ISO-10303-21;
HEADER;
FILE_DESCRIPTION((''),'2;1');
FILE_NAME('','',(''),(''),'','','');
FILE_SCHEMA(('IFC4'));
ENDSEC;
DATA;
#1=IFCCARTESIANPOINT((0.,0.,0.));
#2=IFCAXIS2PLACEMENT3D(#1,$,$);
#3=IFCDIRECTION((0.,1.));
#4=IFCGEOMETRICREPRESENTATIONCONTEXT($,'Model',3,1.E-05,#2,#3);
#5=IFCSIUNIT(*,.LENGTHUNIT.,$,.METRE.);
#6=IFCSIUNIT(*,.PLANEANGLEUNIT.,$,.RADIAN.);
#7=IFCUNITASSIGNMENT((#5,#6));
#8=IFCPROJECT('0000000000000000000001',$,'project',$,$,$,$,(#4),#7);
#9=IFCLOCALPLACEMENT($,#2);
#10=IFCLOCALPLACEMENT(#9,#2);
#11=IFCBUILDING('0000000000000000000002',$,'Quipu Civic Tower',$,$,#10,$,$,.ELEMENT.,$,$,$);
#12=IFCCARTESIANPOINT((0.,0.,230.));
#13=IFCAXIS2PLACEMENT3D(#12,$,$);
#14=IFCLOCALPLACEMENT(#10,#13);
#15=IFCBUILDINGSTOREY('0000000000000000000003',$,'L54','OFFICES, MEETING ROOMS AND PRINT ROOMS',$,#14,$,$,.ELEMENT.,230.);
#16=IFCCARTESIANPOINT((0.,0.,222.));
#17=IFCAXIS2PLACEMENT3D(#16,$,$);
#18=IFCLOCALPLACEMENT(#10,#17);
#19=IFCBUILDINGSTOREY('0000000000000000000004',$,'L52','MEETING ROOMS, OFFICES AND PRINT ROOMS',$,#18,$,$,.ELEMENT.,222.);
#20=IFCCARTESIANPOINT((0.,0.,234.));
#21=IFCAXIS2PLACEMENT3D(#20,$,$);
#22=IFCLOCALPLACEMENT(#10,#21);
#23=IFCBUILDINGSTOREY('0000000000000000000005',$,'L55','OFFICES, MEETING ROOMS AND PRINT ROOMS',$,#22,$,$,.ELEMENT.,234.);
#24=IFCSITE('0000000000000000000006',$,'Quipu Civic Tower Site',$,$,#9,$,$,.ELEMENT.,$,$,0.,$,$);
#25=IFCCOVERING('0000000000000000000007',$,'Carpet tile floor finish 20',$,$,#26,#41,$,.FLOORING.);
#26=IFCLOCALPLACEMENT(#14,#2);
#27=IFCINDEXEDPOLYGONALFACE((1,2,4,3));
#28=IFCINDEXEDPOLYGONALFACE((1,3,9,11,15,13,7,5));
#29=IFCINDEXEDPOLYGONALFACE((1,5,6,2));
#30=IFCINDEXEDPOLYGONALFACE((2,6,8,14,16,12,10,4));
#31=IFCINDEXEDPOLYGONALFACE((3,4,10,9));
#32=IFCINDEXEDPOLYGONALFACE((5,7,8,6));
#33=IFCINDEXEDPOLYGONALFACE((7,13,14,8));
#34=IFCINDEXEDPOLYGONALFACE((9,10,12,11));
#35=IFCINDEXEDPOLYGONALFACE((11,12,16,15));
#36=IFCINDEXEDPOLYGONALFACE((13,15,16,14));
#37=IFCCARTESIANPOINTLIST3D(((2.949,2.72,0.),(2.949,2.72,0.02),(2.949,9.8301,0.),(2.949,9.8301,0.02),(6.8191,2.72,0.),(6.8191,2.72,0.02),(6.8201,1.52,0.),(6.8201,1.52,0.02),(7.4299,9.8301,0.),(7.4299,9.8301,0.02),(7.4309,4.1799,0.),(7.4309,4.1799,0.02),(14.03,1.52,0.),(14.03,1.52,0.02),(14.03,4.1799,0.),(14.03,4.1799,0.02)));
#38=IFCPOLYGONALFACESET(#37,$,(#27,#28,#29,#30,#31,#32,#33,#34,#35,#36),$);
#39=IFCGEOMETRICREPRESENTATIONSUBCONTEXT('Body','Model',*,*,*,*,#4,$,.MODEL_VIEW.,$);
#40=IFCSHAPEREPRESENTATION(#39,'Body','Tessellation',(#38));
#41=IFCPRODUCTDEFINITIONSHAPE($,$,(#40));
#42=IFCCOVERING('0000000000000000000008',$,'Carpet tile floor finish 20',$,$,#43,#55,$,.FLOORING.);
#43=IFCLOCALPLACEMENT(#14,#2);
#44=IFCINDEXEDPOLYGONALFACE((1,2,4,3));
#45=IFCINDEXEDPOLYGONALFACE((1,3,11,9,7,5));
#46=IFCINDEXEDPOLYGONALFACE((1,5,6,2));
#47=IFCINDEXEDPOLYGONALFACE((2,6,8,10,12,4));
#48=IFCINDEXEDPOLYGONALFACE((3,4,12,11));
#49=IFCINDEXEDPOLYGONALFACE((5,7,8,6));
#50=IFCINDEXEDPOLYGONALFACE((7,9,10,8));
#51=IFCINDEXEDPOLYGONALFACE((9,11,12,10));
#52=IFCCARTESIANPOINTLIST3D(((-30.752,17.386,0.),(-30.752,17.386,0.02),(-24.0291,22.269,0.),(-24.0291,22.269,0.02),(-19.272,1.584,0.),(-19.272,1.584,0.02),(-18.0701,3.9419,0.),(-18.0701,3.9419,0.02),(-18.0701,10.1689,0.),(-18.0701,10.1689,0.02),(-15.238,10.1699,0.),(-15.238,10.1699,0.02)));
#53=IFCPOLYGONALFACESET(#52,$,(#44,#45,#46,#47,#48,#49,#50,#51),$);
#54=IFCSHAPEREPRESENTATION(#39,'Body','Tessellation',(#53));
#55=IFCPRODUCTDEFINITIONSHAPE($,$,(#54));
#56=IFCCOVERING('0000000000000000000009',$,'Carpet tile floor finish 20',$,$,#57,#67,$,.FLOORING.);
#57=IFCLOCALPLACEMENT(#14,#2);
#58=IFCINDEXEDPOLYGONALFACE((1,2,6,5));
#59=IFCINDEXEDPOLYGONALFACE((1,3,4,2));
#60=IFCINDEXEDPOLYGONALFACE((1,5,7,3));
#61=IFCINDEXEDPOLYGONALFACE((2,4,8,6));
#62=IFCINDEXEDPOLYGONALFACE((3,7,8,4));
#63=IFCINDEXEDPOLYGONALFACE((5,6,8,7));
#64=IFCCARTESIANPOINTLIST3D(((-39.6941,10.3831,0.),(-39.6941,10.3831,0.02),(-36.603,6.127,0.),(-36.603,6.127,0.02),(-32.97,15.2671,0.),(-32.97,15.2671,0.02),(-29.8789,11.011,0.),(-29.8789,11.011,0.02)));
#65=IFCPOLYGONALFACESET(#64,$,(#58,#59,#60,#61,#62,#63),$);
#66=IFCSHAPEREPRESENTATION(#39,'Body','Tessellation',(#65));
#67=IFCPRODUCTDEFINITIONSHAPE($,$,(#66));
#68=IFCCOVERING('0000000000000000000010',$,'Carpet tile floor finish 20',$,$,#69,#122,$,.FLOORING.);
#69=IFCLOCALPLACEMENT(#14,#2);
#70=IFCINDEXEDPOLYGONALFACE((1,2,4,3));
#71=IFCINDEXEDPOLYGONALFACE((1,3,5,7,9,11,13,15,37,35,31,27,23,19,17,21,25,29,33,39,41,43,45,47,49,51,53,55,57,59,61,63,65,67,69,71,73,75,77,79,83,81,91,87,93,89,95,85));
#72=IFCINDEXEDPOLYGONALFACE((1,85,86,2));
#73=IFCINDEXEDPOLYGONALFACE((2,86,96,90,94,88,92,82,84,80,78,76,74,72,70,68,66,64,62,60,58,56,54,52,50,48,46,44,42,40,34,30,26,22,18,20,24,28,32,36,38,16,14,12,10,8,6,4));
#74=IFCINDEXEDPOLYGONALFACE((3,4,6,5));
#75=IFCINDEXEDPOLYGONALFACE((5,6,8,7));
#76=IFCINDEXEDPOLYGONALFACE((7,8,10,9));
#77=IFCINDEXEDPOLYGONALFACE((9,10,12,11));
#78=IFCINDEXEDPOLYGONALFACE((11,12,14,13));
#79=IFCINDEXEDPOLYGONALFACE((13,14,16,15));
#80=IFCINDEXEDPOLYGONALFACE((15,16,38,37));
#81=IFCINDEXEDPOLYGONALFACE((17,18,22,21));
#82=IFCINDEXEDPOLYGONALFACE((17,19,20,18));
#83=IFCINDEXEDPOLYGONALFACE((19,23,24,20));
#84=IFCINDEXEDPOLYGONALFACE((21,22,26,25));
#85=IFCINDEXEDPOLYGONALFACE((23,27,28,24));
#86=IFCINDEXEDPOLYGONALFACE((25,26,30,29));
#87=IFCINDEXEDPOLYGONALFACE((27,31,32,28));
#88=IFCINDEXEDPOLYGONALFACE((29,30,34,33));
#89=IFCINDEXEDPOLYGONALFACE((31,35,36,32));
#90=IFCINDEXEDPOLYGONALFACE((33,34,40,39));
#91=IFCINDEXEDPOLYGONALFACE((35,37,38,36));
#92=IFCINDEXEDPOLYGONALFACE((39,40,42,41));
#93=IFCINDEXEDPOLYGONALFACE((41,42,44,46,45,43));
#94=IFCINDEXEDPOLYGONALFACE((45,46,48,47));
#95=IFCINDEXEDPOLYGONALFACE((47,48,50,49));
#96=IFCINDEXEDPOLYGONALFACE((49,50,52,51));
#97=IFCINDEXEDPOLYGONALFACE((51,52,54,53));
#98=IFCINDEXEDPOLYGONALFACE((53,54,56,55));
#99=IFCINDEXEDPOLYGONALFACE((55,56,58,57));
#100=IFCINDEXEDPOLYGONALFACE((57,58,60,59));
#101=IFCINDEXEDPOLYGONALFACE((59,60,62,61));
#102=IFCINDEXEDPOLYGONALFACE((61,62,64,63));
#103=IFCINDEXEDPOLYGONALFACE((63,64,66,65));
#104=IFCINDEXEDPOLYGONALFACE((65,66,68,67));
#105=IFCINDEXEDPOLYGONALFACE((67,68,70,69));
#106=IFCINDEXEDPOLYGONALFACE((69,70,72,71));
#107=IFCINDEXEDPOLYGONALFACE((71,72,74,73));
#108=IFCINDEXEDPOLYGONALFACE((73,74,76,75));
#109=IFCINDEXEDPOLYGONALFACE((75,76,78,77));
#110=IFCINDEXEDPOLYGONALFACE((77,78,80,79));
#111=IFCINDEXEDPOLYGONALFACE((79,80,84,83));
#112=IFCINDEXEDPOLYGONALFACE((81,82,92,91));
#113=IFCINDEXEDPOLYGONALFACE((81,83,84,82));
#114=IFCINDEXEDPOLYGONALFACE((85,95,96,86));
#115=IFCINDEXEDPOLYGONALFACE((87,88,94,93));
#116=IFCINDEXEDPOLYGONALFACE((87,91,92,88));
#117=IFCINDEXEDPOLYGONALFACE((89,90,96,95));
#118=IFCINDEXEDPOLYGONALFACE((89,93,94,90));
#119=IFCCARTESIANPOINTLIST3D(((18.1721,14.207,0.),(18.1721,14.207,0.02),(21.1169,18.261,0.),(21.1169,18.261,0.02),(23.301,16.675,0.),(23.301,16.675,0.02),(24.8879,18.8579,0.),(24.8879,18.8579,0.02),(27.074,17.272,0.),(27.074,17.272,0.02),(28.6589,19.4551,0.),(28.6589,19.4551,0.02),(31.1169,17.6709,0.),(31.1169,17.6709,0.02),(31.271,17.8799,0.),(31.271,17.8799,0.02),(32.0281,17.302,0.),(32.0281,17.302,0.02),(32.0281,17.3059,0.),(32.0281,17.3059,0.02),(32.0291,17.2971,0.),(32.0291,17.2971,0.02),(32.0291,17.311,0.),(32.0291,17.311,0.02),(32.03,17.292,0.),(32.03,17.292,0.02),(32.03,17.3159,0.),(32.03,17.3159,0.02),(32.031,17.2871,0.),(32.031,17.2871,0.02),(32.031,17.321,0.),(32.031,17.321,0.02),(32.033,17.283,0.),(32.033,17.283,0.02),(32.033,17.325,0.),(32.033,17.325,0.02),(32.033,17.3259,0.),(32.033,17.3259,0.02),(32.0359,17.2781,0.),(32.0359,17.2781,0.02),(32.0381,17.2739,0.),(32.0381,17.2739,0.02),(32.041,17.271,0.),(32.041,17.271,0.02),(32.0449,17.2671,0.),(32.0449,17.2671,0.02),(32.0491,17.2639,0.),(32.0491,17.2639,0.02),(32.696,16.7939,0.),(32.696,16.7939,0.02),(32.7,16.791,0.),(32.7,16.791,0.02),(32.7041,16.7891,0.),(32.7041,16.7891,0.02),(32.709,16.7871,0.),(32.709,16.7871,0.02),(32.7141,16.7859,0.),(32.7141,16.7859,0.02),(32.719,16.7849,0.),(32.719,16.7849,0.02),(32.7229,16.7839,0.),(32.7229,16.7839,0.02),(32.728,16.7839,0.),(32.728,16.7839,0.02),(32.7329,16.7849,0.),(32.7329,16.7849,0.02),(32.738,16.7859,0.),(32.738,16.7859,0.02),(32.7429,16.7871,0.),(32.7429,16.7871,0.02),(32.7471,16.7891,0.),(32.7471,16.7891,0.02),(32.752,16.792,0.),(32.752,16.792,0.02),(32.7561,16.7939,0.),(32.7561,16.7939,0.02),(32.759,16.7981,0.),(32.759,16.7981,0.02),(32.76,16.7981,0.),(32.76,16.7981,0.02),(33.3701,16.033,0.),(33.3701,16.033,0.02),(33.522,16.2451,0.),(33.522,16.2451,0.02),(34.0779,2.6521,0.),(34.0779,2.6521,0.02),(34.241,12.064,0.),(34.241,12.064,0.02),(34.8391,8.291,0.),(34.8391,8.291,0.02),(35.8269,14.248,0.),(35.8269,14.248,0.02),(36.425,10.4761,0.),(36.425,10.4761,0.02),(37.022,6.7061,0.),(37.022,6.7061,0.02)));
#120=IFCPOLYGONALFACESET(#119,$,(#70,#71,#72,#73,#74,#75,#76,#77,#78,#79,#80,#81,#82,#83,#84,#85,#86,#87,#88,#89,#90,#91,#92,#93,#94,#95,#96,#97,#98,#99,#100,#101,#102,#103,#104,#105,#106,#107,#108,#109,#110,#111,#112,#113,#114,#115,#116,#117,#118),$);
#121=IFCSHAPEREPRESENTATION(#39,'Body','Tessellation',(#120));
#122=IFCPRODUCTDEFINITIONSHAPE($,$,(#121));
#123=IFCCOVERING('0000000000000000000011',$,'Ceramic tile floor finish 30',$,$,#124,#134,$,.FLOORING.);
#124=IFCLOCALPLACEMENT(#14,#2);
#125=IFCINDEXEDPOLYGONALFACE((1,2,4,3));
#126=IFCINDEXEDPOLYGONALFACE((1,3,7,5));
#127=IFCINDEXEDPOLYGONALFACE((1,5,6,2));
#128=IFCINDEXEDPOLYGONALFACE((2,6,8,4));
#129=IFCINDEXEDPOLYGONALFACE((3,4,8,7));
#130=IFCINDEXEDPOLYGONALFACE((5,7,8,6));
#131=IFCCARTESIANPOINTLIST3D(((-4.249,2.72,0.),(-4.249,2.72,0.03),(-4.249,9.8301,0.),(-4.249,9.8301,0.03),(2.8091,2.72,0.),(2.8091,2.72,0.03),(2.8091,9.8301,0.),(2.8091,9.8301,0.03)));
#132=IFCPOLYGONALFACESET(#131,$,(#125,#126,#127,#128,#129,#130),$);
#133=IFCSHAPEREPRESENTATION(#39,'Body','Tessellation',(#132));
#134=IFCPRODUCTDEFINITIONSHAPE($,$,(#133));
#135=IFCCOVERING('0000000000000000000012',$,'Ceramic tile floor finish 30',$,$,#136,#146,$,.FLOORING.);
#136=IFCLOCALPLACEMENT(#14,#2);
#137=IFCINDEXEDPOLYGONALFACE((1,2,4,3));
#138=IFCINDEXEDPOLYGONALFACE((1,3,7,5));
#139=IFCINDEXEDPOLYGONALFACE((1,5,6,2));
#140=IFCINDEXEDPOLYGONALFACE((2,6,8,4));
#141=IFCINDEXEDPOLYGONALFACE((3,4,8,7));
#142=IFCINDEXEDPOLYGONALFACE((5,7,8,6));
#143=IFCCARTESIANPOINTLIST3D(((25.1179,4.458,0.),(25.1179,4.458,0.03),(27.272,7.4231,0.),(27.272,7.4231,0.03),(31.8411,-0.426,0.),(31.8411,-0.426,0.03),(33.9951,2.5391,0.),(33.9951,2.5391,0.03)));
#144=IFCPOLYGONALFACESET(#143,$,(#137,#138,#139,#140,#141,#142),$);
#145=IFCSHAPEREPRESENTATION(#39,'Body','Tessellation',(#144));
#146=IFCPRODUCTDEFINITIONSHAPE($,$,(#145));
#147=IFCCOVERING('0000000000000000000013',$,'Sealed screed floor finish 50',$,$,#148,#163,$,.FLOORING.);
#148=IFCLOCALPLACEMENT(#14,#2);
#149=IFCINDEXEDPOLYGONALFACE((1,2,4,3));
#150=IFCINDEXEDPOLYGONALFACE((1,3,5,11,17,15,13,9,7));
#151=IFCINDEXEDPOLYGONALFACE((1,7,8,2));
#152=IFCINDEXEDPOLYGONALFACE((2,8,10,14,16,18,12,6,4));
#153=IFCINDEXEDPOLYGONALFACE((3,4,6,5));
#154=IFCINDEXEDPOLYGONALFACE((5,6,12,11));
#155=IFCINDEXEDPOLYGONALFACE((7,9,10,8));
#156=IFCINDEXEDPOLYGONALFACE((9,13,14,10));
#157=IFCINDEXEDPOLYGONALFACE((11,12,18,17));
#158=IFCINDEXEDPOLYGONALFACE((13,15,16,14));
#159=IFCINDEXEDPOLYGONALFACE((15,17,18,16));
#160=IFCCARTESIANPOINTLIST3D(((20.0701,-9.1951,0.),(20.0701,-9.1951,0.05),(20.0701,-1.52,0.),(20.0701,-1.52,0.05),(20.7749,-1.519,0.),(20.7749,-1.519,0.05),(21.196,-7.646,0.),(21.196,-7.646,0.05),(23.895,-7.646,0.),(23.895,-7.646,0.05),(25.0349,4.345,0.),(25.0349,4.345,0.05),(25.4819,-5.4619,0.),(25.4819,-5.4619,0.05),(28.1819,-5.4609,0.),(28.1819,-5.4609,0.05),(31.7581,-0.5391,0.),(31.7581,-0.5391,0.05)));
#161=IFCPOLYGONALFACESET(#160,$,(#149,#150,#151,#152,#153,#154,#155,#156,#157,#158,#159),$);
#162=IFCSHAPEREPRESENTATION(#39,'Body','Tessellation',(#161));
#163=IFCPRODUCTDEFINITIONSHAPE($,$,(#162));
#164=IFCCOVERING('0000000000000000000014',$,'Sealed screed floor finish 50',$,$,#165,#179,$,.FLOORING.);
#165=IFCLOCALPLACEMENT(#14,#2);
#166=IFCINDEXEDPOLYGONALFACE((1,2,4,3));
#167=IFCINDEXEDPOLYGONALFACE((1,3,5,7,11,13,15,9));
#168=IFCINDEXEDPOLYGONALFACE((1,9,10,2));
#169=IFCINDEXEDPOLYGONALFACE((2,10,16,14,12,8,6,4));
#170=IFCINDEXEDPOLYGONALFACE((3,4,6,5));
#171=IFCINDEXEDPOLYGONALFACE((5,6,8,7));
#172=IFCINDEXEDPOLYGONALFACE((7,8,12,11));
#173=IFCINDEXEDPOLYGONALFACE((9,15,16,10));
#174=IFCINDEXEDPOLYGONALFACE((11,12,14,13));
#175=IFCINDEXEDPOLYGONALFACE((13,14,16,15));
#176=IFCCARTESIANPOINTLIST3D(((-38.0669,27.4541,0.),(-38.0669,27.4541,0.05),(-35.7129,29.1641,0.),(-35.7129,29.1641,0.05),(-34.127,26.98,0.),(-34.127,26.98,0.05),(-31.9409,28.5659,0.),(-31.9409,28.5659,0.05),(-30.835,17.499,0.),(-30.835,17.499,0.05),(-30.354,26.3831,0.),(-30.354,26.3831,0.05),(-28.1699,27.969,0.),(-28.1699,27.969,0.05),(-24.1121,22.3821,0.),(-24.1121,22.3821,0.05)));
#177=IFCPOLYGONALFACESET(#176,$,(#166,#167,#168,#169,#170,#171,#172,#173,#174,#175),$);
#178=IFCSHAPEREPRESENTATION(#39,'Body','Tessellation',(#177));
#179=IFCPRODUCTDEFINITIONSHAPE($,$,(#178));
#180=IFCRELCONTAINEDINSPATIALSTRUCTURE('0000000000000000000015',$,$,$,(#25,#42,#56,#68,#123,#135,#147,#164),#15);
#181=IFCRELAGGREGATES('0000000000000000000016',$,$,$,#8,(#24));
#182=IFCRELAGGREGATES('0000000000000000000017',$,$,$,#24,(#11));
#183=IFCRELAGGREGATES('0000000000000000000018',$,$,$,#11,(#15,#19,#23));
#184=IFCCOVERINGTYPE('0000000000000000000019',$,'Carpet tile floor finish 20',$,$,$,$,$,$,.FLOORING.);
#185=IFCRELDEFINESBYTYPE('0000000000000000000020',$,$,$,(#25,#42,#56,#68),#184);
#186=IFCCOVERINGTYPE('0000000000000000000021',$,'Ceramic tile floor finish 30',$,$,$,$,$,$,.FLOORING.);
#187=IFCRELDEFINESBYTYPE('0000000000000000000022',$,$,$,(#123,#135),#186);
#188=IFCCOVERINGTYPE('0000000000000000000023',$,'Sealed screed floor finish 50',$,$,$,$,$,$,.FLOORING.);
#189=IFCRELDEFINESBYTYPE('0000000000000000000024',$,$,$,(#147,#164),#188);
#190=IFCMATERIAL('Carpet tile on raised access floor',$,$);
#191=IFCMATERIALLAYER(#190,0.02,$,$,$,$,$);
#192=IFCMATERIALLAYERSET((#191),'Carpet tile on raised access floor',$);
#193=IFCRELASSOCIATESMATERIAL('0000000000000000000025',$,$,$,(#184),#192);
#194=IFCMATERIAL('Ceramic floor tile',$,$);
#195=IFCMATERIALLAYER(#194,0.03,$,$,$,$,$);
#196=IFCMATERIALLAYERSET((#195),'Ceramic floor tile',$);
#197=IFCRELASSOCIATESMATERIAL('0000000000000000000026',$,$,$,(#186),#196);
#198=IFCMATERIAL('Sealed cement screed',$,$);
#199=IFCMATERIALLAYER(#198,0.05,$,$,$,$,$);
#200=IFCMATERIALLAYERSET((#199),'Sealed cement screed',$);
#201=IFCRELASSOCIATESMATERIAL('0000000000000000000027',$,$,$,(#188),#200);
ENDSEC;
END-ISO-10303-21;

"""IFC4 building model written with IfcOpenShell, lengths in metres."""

from ifc_helpers import new_model, si_unit, direction, frame, origin, place, context, subcontext, project, spatial, polyline, outline, extrude, material, layer, layer_set, type_object, element, save


model = new_model("IFC4")

# Units and contexts
model_context = context("Model", 3, precision=1e-05, world=origin(), true_north=direction((0.0, 1.0)))
body_context = subcontext(model_context, "Body", "Model", "MODEL_VIEW")
ifc_project = project(units=[si_unit("LENGTHUNIT", "METRE"), si_unit("PLANEANGLEUNIT", "RADIAN")], contexts=[model_context])

# Site, building, storey
site_placement = place(None, origin())
site = spatial("IfcSite", under=ifc_project, at=site_placement, Name="Quipu Civic Tower Site", CompositionType="ELEMENT", RefElevation=0.0)
building_placement = place(site_placement, origin())
building = spatial("IfcBuilding", under=site, at=building_placement, Name="Quipu Civic Tower", CompositionType="ELEMENT")
storey_1_placement = place(building_placement, frame((0.0, 0.0, 230.0)))
storey_1 = spatial("IfcBuildingStorey", under=building, at=storey_1_placement, Name="L54", Description="OFFICES, MEETING ROOMS AND PRINT ROOMS", CompositionType="ELEMENT", Elevation=230.0)

# Shared definitions
storey_2_placement = place(building_placement, frame((0.0, 0.0, 222.0)))
storey_2 = spatial("IfcBuildingStorey", under=building, at=storey_2_placement, Name="L52", Description="MEETING ROOMS, OFFICES AND PRINT ROOMS", CompositionType="ELEMENT", Elevation=222.0)

# Shared definitions
storey_3_placement = place(building_placement, frame((0.0, 0.0, 234.0)))
storey_3 = spatial("IfcBuildingStorey", under=building, at=storey_3_placement, Name="L55", Description="OFFICES, MEETING ROOMS AND PRINT ROOMS", CompositionType="ELEMENT", Elevation=234.0)

# Coverings
ifc_material_1 = material(Name="Carpet tile on raised access floor")
ifc_layer_1 = layer(ifc_material_1, 0.02)
ifc_layer_set_1 = layer_set([ifc_layer_1], Name="Carpet tile on raised access floor")
covering_type_1 = type_object("IfcCoveringType", Name="Carpet tile floor finish 20", PredefinedType="FLOORING", material=ifc_layer_set_1)
covering_1_placement = place(storey_1_placement, origin())
element("IfcCovering", 1, at=covering_1_placement, inside=storey_1, type_object=covering_type_1, Name="Carpet tile floor finish 20", PredefinedType="FLOORING", context=body_context, shape_type="SweptSolid", body=[
    extrude(outline(polyline([(2.949, 2.72), (2.949, 9.8301), (7.4299, 9.8301), (7.4309, 4.1799), (14.03, 4.1799), (14.03, 1.52), (6.8201, 1.52), (6.8191, 2.72), (2.949, 2.72)])), origin(), (0.0, 0.0, 1.0), 0.02),
])
covering_2_placement = place(storey_1_placement, origin())
element("IfcCovering", 2, at=covering_2_placement, inside=storey_1, type_object=covering_type_1, Name="Carpet tile floor finish 20", PredefinedType="FLOORING", context=body_context, shape_type="SweptSolid", body=[
    extrude(outline(polyline([(-30.752, 17.386), (-24.0291, 22.269), (-15.238, 10.1699), (-18.0701, 10.1689), (-18.0701, 3.9419), (-19.272, 1.584), (-30.752, 17.386)])), origin(), (0.0, 0.0, 1.0), 0.02),
])
covering_3_placement = place(storey_1_placement, origin())
element("IfcCovering", 3, at=covering_3_placement, inside=storey_1, type_object=covering_type_1, Name="Carpet tile floor finish 20", PredefinedType="FLOORING", context=body_context, shape_type="SweptSolid", body=[
    extrude(outline(polyline([(-39.6941, 10.3831), (-32.97, 15.2671), (-29.8789, 11.011), (-36.603, 6.127), (-39.6941, 10.3831)])), origin(), (0.0, 0.0, 1.0), 0.02),
])
covering_4_placement = place(storey_1_placement, origin())
element("IfcCovering", 4, at=covering_4_placement, inside=storey_1, type_object=covering_type_1, Name="Carpet tile floor finish 20", PredefinedType="FLOORING", context=body_context, shape_type="SweptSolid", body=[
    extrude(outline(polyline([(18.1721, 14.207), (21.1169, 18.261), (23.301, 16.675), (24.8879, 18.8579), (27.074, 17.272), (28.6589, 19.4551), (31.1169, 17.6709), (31.271, 17.8799), (32.033, 17.3259), (32.033, 17.325), (32.031, 17.321), (32.03, 17.3159), (32.0291, 17.311), (32.0281, 17.3059), (32.0281, 17.302), (32.0291, 17.2971), (32.03, 17.292), (32.031, 17.2871), (32.033, 17.283), (32.0359, 17.2781), (32.0381, 17.2739), (32.041, 17.271), (32.0449, 17.2671), (32.0491, 17.2639), (32.696, 16.7939), (32.7, 16.791), (32.7041, 16.7891), (32.709, 16.7871), (32.7141, 16.7859), (32.719, 16.7849), (32.7229, 16.7839), (32.728, 16.7839), (32.7329, 16.7849), (32.738, 16.7859), (32.7429, 16.7871), (32.7471, 16.7891), (32.752, 16.792), (32.7561, 16.7939), (32.759, 16.7981), (32.76, 16.7981), (33.522, 16.2451), (33.3701, 16.033), (35.8269, 14.248), (34.241, 12.064), (36.425, 10.4761), (34.8391, 8.291), (37.022, 6.7061), (34.0779, 2.6521), (18.1721, 14.207)])), origin(), (0.0, 0.0, 1.0), 0.02),
])
ifc_material_2 = material(Name="Ceramic floor tile")
ifc_layer_2 = layer(ifc_material_2, 0.03)
ifc_layer_set_2 = layer_set([ifc_layer_2], Name="Ceramic floor tile")
covering_type_2 = type_object("IfcCoveringType", Name="Ceramic tile floor finish 30", PredefinedType="FLOORING", material=ifc_layer_set_2)
covering_5_placement = place(storey_1_placement, origin())
element("IfcCovering", 5, at=covering_5_placement, inside=storey_1, type_object=covering_type_2, Name="Ceramic tile floor finish 30", PredefinedType="FLOORING", context=body_context, shape_type="SweptSolid", body=[
    extrude(outline(polyline([(-4.249, 2.72), (-4.249, 9.8301), (2.8091, 9.8301), (2.8091, 2.72), (-4.249, 2.72)])), origin(), (0.0, 0.0, 1.0), 0.03),
])
covering_6_placement = place(storey_1_placement, origin())
element("IfcCovering", 6, at=covering_6_placement, inside=storey_1, type_object=covering_type_2, Name="Ceramic tile floor finish 30", PredefinedType="FLOORING", context=body_context, shape_type="SweptSolid", body=[
    extrude(outline(polyline([(25.1179, 4.458), (27.272, 7.4231), (33.9951, 2.5391), (31.8411, -0.426), (25.1179, 4.458)])), origin(), (0.0, 0.0, 1.0), 0.03),
])
ifc_material_3 = material(Name="Sealed cement screed")
ifc_layer_3 = layer(ifc_material_3, 0.05)
ifc_layer_set_3 = layer_set([ifc_layer_3], Name="Sealed cement screed")
covering_type_3 = type_object("IfcCoveringType", Name="Sealed screed floor finish 50", PredefinedType="FLOORING", material=ifc_layer_set_3)
covering_7_placement = place(storey_1_placement, origin())
element("IfcCovering", 7, at=covering_7_placement, inside=storey_1, type_object=covering_type_3, Name="Sealed screed floor finish 50", PredefinedType="FLOORING", context=body_context, shape_type="SweptSolid", body=[
    extrude(outline(polyline([(20.0701, -9.1951), (20.0701, -1.52), (20.7749, -1.519), (25.0349, 4.345), (31.7581, -0.5391), (28.1819, -5.4609), (25.4819, -5.4619), (23.895, -7.646), (21.196, -7.646), (20.0701, -9.1951)])), origin(), (0.0, 0.0, 1.0), 0.05),
])
covering_8_placement = place(storey_1_placement, origin())
element("IfcCovering", 8, at=covering_8_placement, inside=storey_1, type_object=covering_type_3, Name="Sealed screed floor finish 50", PredefinedType="FLOORING", context=body_context, shape_type="SweptSolid", body=[
    extrude(outline(polyline([(-38.0669, 27.4541), (-35.7129, 29.1641), (-34.127, 26.98), (-31.9409, 28.5659), (-30.354, 26.3831), (-28.1699, 27.969), (-24.1121, 22.3821), (-30.835, 17.499), (-38.0669, 27.4541)])), origin(), (0.0, 0.0, 1.0), 0.05),
])

save(model, "model.ifc")
